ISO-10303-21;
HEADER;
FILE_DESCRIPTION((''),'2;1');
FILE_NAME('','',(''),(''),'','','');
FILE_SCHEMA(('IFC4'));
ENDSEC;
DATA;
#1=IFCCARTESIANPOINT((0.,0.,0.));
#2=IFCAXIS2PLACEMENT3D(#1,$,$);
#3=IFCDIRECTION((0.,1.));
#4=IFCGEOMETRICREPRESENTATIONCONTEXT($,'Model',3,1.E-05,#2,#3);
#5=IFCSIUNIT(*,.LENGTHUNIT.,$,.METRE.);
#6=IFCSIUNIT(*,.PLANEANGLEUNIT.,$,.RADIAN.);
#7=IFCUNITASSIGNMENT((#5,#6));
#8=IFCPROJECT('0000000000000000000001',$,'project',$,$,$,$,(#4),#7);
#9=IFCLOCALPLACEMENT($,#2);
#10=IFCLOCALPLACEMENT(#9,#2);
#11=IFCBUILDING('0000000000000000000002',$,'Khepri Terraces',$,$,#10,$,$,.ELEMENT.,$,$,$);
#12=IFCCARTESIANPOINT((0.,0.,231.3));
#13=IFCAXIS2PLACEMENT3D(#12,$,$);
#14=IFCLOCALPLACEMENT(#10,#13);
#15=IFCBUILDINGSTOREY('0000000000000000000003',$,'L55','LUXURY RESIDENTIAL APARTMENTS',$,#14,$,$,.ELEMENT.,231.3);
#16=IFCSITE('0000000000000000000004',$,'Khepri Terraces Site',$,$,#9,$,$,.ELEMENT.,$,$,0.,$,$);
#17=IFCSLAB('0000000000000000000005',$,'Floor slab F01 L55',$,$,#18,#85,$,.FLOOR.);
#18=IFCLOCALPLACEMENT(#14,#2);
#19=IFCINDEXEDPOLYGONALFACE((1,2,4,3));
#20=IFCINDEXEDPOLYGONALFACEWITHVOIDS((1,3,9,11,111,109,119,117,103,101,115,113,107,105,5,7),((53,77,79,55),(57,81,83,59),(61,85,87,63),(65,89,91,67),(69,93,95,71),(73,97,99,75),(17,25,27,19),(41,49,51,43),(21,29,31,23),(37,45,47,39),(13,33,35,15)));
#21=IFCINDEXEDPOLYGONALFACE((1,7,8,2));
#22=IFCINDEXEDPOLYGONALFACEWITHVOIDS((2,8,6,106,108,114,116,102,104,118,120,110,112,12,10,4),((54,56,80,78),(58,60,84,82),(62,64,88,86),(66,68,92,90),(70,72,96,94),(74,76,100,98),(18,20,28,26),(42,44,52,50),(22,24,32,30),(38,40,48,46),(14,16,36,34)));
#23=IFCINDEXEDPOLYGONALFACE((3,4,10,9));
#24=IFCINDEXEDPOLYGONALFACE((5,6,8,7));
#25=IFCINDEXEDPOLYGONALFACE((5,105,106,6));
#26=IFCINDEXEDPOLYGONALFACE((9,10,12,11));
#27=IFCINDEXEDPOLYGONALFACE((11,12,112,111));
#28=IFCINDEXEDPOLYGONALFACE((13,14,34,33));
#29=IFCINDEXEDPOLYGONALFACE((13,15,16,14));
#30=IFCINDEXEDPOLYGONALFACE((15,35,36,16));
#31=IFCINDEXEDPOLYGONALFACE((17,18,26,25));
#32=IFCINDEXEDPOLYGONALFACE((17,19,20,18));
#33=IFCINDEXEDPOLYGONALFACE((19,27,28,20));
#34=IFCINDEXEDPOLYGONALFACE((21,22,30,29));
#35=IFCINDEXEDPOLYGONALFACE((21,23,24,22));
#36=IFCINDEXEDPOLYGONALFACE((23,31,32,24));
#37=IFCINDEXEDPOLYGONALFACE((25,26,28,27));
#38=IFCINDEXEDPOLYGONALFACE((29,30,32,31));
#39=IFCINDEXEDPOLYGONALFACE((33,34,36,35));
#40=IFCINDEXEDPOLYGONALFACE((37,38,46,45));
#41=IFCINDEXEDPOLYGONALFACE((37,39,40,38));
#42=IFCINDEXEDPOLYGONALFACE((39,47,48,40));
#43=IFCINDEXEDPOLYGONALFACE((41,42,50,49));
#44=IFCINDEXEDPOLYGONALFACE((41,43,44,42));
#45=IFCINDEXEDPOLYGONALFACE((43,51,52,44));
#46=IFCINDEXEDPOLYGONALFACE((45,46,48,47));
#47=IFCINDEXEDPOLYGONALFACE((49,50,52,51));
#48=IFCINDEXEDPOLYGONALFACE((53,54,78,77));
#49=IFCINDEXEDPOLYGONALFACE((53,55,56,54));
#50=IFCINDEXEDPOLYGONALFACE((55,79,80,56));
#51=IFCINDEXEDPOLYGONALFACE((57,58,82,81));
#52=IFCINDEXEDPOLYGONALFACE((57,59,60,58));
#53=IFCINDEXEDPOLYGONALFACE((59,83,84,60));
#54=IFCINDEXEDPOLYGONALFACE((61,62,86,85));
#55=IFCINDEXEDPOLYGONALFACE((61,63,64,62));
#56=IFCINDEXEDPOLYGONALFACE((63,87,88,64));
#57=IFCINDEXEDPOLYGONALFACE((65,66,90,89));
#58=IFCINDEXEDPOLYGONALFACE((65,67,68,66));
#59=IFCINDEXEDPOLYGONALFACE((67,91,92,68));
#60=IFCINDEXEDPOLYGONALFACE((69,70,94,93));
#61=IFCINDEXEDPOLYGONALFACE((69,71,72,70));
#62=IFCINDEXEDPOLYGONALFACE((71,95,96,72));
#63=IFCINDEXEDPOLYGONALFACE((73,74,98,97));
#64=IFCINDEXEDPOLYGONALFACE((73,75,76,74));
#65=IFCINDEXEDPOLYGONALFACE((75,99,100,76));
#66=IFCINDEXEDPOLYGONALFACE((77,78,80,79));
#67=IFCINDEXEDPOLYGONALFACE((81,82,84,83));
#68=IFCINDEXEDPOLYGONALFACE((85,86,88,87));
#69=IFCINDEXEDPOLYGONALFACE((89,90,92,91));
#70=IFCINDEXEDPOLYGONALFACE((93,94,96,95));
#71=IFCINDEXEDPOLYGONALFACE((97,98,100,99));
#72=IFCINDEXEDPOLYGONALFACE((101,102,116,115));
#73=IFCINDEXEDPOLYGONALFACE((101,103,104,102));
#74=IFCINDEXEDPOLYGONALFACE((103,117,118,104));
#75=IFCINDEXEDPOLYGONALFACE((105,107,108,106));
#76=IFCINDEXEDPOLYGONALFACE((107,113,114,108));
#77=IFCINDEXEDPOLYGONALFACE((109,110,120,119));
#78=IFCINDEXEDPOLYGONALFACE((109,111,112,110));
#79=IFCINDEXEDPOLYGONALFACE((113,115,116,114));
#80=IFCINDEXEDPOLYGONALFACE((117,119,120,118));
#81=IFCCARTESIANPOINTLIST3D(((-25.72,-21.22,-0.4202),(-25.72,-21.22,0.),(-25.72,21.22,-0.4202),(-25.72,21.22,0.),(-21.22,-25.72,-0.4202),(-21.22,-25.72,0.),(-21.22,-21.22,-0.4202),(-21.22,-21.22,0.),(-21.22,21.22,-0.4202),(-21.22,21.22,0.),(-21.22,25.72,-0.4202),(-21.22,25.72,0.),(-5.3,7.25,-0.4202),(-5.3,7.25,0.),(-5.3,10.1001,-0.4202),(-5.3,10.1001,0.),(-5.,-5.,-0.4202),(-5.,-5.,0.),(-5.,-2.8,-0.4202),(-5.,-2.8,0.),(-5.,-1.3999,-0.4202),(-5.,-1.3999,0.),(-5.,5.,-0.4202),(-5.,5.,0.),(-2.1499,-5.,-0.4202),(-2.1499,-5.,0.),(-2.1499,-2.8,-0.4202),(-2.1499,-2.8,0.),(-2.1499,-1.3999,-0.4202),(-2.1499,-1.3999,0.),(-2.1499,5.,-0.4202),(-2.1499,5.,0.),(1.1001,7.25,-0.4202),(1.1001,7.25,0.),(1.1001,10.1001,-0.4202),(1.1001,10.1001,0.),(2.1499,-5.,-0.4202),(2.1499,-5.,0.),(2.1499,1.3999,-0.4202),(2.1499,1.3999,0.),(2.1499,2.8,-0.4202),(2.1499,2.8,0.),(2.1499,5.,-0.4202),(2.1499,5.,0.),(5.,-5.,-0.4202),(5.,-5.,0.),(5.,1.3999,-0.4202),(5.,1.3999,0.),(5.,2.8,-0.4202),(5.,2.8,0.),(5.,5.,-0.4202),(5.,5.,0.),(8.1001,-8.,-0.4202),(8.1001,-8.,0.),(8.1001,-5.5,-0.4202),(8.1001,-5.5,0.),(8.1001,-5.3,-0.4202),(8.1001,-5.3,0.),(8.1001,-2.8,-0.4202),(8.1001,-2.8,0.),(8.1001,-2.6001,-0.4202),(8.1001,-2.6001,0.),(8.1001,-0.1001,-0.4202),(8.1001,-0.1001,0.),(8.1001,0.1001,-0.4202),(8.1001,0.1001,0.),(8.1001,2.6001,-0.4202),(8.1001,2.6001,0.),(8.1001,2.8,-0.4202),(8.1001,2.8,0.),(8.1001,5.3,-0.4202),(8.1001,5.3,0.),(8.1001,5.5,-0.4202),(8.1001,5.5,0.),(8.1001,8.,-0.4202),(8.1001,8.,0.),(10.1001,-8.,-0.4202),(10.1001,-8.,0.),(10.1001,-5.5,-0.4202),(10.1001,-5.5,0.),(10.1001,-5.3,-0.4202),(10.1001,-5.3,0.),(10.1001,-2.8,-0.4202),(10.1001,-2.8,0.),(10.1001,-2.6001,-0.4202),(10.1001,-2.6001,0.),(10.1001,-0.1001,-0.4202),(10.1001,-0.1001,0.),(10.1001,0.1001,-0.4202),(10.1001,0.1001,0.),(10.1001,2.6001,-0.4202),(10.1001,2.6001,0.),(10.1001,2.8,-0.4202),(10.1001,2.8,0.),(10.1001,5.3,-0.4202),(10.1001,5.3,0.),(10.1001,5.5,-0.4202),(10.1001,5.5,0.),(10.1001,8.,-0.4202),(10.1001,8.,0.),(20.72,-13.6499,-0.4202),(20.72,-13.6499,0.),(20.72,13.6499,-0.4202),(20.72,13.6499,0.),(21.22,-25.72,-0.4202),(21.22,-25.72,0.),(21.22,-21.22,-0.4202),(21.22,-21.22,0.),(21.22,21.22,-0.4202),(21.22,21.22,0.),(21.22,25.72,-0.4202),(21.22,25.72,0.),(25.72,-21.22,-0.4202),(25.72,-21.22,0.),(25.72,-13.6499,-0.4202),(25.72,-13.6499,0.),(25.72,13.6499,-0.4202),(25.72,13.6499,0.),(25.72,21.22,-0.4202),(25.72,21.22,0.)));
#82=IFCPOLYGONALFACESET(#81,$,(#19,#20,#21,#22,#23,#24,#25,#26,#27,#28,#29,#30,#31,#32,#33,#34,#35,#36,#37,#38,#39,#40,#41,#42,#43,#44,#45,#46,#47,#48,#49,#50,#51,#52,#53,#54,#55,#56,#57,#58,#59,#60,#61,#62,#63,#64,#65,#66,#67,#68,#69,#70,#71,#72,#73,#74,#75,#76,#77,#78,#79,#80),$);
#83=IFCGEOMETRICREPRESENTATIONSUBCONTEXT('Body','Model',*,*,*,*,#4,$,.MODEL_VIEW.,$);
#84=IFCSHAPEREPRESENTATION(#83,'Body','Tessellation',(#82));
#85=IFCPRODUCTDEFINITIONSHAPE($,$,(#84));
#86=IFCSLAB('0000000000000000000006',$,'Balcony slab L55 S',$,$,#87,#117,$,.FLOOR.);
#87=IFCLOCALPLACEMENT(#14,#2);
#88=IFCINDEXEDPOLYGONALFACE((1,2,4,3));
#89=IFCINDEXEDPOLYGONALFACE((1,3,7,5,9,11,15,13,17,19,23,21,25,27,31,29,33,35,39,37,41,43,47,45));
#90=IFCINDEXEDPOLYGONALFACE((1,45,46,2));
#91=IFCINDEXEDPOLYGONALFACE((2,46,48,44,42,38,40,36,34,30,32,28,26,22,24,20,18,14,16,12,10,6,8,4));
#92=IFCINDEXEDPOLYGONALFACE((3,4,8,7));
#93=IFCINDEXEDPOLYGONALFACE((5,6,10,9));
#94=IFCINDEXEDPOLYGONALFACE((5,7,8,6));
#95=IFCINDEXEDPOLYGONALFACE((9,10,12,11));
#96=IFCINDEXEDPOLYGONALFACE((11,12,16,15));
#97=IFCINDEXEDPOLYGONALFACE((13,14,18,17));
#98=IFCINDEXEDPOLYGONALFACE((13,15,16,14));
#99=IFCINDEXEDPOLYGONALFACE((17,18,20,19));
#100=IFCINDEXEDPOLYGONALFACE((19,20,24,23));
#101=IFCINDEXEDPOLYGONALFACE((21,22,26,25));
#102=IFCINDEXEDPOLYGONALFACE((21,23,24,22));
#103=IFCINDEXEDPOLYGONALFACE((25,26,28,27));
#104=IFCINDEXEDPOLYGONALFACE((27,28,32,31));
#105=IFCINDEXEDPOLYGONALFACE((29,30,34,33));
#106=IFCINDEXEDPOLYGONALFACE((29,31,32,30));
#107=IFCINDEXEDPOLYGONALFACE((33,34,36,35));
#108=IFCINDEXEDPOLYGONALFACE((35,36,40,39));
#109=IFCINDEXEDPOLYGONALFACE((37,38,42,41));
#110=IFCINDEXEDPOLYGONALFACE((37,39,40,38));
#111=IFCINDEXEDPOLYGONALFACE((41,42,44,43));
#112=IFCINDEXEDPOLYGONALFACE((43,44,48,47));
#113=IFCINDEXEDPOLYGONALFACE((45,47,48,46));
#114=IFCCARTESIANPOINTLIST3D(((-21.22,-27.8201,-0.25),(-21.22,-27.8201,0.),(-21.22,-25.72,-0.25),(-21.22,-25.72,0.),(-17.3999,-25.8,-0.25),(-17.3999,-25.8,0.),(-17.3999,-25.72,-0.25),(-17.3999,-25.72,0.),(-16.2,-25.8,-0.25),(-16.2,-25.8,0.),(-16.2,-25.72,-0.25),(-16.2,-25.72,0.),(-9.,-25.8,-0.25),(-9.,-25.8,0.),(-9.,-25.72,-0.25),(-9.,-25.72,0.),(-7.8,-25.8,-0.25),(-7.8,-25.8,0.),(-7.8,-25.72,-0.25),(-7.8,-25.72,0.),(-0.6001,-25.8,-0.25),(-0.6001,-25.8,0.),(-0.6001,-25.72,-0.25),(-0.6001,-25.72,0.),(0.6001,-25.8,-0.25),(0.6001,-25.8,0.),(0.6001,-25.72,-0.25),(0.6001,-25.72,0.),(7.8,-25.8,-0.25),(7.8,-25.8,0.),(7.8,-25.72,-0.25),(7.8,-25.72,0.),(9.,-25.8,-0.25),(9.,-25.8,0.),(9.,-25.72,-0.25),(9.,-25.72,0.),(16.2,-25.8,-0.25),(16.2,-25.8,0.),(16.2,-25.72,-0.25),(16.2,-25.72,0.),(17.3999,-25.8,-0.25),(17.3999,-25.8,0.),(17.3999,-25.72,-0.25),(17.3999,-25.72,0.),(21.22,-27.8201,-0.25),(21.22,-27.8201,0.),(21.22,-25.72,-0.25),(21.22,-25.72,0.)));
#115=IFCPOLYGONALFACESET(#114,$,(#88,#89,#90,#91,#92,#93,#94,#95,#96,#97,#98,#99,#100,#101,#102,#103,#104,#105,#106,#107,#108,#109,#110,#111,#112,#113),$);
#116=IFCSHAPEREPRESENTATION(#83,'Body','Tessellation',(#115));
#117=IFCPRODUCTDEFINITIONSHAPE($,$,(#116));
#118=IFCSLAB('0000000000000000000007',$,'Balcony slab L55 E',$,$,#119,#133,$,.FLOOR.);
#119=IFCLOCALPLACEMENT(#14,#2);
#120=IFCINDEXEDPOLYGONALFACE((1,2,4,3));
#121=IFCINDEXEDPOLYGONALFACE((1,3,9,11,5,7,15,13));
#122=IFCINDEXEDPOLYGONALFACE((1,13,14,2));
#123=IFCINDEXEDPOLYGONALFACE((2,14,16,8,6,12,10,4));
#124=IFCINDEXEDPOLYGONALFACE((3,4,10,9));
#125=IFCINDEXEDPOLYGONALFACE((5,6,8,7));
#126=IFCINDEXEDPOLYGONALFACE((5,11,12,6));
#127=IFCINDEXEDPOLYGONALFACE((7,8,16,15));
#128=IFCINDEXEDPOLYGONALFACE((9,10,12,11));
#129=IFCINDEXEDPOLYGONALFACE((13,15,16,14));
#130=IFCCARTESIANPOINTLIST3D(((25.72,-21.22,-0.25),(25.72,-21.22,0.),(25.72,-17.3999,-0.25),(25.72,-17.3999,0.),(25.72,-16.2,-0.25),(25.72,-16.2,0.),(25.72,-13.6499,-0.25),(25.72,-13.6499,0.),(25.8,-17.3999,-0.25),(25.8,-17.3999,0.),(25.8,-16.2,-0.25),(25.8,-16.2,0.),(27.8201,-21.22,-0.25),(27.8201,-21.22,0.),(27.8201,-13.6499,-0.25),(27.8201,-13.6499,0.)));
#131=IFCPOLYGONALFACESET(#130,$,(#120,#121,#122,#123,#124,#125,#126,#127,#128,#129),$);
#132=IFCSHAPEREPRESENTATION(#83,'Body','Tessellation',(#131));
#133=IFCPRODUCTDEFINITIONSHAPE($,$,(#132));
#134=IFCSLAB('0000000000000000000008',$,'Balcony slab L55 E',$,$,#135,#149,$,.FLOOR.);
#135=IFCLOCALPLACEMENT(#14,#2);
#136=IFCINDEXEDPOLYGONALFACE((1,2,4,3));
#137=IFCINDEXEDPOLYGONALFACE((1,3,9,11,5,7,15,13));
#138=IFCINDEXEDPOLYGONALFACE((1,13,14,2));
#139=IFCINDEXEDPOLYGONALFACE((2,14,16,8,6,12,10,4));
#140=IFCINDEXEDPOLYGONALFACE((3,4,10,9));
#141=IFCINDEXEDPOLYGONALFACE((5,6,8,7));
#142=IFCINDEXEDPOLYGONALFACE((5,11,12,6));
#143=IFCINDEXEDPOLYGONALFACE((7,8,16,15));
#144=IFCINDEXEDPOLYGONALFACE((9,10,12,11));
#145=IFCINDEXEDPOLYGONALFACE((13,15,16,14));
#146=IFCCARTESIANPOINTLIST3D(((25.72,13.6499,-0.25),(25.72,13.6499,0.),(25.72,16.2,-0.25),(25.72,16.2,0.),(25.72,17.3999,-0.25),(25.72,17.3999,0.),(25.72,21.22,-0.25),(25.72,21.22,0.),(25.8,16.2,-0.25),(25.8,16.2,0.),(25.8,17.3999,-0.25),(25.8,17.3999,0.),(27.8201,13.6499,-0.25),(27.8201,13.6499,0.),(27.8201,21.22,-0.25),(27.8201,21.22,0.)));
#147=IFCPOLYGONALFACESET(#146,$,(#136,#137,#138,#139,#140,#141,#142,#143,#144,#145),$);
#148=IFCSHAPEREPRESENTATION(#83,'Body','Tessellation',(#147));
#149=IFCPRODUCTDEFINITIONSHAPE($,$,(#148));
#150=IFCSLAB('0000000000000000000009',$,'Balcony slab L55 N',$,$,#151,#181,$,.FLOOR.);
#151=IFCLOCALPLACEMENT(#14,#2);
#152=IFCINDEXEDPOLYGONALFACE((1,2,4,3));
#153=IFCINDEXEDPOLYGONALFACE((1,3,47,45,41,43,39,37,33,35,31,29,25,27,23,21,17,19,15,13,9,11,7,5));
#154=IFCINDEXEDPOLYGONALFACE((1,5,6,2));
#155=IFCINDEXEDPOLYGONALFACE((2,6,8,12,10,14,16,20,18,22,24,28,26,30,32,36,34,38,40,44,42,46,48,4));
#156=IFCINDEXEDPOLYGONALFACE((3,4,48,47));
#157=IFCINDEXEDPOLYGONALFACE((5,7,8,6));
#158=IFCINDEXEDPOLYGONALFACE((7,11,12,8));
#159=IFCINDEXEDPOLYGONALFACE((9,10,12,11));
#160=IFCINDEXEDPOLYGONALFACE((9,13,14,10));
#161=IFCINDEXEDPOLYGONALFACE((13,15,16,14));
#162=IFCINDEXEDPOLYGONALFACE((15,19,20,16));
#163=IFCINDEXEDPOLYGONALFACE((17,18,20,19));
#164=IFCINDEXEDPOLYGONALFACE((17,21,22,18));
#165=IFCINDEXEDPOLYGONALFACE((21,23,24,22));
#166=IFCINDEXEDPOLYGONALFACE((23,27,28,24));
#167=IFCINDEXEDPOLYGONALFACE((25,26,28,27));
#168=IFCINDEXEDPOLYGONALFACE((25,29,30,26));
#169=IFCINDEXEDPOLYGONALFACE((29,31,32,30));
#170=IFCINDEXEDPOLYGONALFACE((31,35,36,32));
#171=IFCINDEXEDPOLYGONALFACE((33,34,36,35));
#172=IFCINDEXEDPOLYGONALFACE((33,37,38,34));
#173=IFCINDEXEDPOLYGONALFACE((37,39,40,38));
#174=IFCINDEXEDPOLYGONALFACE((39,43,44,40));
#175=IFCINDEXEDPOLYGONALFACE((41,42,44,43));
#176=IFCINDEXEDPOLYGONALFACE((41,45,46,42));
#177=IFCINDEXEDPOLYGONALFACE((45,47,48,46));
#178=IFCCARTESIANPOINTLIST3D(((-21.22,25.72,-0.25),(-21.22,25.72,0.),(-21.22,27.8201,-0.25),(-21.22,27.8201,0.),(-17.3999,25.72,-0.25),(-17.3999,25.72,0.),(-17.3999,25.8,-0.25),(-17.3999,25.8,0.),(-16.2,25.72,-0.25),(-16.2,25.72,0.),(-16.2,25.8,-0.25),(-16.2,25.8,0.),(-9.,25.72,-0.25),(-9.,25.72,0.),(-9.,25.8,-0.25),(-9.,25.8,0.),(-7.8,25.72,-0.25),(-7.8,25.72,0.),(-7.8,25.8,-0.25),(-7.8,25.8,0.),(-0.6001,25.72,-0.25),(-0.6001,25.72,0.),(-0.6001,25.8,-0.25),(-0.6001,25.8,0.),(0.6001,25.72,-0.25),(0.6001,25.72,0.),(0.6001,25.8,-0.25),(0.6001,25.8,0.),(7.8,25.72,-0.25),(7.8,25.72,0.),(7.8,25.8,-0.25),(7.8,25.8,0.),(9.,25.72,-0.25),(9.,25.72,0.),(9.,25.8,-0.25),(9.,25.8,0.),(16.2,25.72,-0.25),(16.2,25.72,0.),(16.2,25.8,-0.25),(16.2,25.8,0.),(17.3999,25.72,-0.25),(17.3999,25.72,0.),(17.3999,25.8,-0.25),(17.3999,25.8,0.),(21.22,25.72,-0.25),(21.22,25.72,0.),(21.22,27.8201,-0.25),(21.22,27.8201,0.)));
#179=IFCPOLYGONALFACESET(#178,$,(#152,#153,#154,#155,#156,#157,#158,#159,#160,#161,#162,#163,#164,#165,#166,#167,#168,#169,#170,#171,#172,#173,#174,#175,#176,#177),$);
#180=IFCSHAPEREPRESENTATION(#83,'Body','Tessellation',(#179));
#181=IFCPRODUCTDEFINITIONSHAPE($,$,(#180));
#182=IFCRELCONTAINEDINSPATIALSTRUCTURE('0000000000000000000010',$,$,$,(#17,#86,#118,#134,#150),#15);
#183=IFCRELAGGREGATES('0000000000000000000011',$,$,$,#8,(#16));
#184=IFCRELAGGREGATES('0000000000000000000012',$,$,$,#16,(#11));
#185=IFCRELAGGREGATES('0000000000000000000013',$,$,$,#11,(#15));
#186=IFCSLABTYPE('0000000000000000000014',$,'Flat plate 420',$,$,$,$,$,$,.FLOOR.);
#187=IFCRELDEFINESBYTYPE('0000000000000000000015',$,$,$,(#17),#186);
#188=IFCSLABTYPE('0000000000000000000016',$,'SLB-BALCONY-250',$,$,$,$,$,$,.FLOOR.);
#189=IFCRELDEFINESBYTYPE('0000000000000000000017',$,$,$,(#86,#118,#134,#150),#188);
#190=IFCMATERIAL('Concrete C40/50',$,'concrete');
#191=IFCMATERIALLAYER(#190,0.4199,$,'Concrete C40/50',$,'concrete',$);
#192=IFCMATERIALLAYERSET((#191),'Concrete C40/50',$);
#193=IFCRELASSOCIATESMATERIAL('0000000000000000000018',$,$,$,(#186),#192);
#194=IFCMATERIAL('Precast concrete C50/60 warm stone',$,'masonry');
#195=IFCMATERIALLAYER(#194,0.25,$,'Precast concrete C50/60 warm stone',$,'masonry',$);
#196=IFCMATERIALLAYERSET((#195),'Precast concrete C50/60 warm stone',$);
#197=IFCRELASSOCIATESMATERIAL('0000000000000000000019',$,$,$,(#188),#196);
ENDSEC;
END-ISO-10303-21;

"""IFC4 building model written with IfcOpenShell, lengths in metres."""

from ifc_helpers import new_model, si_unit, direction, frame, origin, place, context, subcontext, project, spatial, polyline, outline, extrude, material, layer, layer_set, type_object, element, save


model = new_model("IFC4")

# Units and contexts
model_context = context("Model", 3, precision=1e-05, world=origin(), true_north=direction((0.0, 1.0)))
body_context = subcontext(model_context, "Body", "Model", "MODEL_VIEW")
ifc_project = project(units=[si_unit("LENGTHUNIT", "METRE"), si_unit("PLANEANGLEUNIT", "RADIAN")], contexts=[model_context])

# Site, building, storey
site_placement = place(None, origin())
site = spatial("IfcSite", under=ifc_project, at=site_placement, Name="Khepri Terraces Site", CompositionType="ELEMENT", RefElevation=0.0)
building_placement = place(site_placement, origin())
building = spatial("IfcBuilding", under=site, at=building_placement, Name="Khepri Terraces", CompositionType="ELEMENT")
storey_placement = place(building_placement, frame((0.0, 0.0, 231.3)))
storey = spatial("IfcBuildingStorey", under=building, at=storey_placement, Name="L55", Description="LUXURY RESIDENTIAL APARTMENTS", CompositionType="ELEMENT", Elevation=231.3)

# Slabs
ifc_material_1 = material(Name="Concrete C40/50", Category="concrete")
ifc_layer_1 = layer(ifc_material_1, 0.4199, Name="Concrete C40/50", Category="concrete")
ifc_layer_set_1 = layer_set([ifc_layer_1], Name="Concrete C40/50")
slab_type_1 = type_object("IfcSlabType", Name="Flat plate 420", PredefinedType="FLOOR", material=ifc_layer_set_1)
slab_1_placement = place(storey_placement, frame((0.0, 0.0, -0.4202)))
element("IfcSlab", 1, at=slab_1_placement, inside=storey, type_object=slab_type_1, Name="Floor slab F01 L55", PredefinedType="FLOOR", context=body_context, shape_type="SweptSolid", body=[
    extrude(outline(polyline([(25.72, 13.6499), (20.72, 13.6499), (20.72, -13.6499), (25.72, -13.6499), (25.72, -21.22), (21.22, -21.22), (21.22, -25.72), (-21.22, -25.72), (-21.22, -21.22), (-25.72, -21.22), (-25.72, 21.22), (-21.22, 21.22), (-21.22, 25.72), (21.22, 25.72), (21.22, 21.22), (25.72, 21.22), (25.72, 13.6499)]), holes=[polyline([(2.1499, 2.8), (5.0, 2.8), (5.0, 5.0), (2.1499, 5.0), (2.1499, 2.8)]), polyline([(-5.0, -2.8), (-5.0, -5.0), (-2.1499, -5.0), (-2.1499, -2.8), (-5.0, -2.8)]), polyline([(10.1001, -5.5), (8.1001, -5.5), (8.1001, -8.0), (10.1001, -8.0), (10.1001, -5.5)]), polyline([(10.1001, -5.3), (10.1001, -2.8), (8.1001, -2.8), (8.1001, -5.3), (10.1001, -5.3)]), polyline([(8.1001, -2.6001), (10.1001, -2.6001), (10.1001, -0.1001), (8.1001, -0.1001), (8.1001, -2.6001)]), polyline([(8.1001, 2.6001), (8.1001, 0.1001), (10.1001, 0.1001), (10.1001, 2.6001), (8.1001, 2.6001)]), polyline([(10.1001, 5.3), (8.1001, 5.3), (8.1001, 2.8), (10.1001, 2.8), (10.1001, 5.3)]), polyline([(10.1001, 5.5), (10.1001, 8.0), (8.1001, 8.0), (8.1001, 5.5), (10.1001, 5.5)]), polyline([(-5.0, -1.3999), (-2.1499, -1.3999), (-2.1499, 5.0), (-5.0, 5.0), (-5.0, -1.3999)]), polyline([(5.0, -5.0), (5.0, 1.3999), (2.1499, 1.3999), (2.1499, -5.0), (5.0, -5.0)]), polyline([(-5.3, 10.1001), (-5.3, 7.25), (1.1001, 7.25), (1.1001, 10.1001), (-5.3, 10.1001)])]), origin(), (0.0, 0.0, 1.0), 0.4202),
])
ifc_material_2 = material(Name="Precast concrete C50/60 warm stone", Category="masonry")
ifc_layer_2 = layer(ifc_material_2, 0.25, Name="Precast concrete C50/60 warm stone", Category="masonry")
ifc_layer_set_2 = layer_set([ifc_layer_2], Name="Precast concrete C50/60 warm stone")
slab_type_2 = type_object("IfcSlabType", Name="SLB-BALCONY-250", PredefinedType="FLOOR", material=ifc_layer_set_2)
slab_2_placement = place(storey_placement, frame((0.0, 0.0, -0.25)))
element("IfcSlab", 2, at=slab_2_placement, inside=storey, type_object=slab_type_2, Name="Balcony slab L55 S", PredefinedType="FLOOR", context=body_context, shape_type="SweptSolid", body=[
    extrude(outline(polyline([(-17.3999, -25.72), (-21.22, -25.72), (-21.22, -27.8201), (21.22, -27.8201), (21.22, -25.72), (17.3999, -25.72), (17.3999, -25.8), (16.2, -25.8), (16.2, -25.72), (9.0, -25.72), (9.0, -25.8), (7.8, -25.8), (7.8, -25.72), (0.6001, -25.72), (0.6001, -25.8), (-0.6001, -25.8), (-0.6001, -25.72), (-7.8, -25.72), (-7.8, -25.8), (-9.0, -25.8), (-9.0, -25.72), (-16.2, -25.72), (-16.2, -25.8), (-17.3999, -25.8), (-17.3999, -25.72)])), origin(), (0.0, 0.0, 1.0), 0.25),
])
slab_3_placement = place(storey_placement, frame((0.0, 0.0, -0.25)))
element("IfcSlab", 3, at=slab_3_placement, inside=storey, type_object=slab_type_2, Name="Balcony slab L55 E", PredefinedType="FLOOR", context=body_context, shape_type="SweptSolid", body=[
    extrude(outline(polyline([(25.72, -17.3999), (25.72, -21.22), (27.8201, -21.22), (27.8201, -13.6499), (25.72, -13.6499), (25.72, -16.2), (25.8, -16.2), (25.8, -17.3999), (25.72, -17.3999)])), origin(), (0.0, 0.0, 1.0), 0.25),
])
slab_4_placement = place(storey_placement, frame((0.0, 0.0, -0.25)))
element("IfcSlab", 4, at=slab_4_placement, inside=storey, type_object=slab_type_2, Name="Balcony slab L55 E", PredefinedType="FLOOR", context=body_context, shape_type="SweptSolid", body=[
    extrude(outline(polyline([(25.72, 16.2), (25.72, 13.6499), (27.8201, 13.6499), (27.8201, 21.22), (25.72, 21.22), (25.72, 17.3999), (25.8, 17.3999), (25.8, 16.2), (25.72, 16.2)])), origin(), (0.0, 0.0, 1.0), 0.25),
])
slab_5_placement = place(storey_placement, frame((0.0, 0.0, -0.25)))
element("IfcSlab", 5, at=slab_5_placement, inside=storey, type_object=slab_type_2, Name="Balcony slab L55 N", PredefinedType="FLOOR", context=body_context, shape_type="SweptSolid", body=[
    extrude(outline(polyline([(17.3999, 25.72), (21.22, 25.72), (21.22, 27.8201), (-21.22, 27.8201), (-21.22, 25.72), (-17.3999, 25.72), (-17.3999, 25.8), (-16.2, 25.8), (-16.2, 25.72), (-9.0, 25.72), (-9.0, 25.8), (-7.8, 25.8), (-7.8, 25.72), (-0.6001, 25.72), (-0.6001, 25.8), (0.6001, 25.8), (0.6001, 25.72), (7.8, 25.72), (7.8, 25.8), (9.0, 25.8), (9.0, 25.72), (16.2, 25.72), (16.2, 25.8), (17.3999, 25.8), (17.3999, 25.72)])), origin(), (0.0, 0.0, 1.0), 0.25),
])

save(model, "model.ifc")
